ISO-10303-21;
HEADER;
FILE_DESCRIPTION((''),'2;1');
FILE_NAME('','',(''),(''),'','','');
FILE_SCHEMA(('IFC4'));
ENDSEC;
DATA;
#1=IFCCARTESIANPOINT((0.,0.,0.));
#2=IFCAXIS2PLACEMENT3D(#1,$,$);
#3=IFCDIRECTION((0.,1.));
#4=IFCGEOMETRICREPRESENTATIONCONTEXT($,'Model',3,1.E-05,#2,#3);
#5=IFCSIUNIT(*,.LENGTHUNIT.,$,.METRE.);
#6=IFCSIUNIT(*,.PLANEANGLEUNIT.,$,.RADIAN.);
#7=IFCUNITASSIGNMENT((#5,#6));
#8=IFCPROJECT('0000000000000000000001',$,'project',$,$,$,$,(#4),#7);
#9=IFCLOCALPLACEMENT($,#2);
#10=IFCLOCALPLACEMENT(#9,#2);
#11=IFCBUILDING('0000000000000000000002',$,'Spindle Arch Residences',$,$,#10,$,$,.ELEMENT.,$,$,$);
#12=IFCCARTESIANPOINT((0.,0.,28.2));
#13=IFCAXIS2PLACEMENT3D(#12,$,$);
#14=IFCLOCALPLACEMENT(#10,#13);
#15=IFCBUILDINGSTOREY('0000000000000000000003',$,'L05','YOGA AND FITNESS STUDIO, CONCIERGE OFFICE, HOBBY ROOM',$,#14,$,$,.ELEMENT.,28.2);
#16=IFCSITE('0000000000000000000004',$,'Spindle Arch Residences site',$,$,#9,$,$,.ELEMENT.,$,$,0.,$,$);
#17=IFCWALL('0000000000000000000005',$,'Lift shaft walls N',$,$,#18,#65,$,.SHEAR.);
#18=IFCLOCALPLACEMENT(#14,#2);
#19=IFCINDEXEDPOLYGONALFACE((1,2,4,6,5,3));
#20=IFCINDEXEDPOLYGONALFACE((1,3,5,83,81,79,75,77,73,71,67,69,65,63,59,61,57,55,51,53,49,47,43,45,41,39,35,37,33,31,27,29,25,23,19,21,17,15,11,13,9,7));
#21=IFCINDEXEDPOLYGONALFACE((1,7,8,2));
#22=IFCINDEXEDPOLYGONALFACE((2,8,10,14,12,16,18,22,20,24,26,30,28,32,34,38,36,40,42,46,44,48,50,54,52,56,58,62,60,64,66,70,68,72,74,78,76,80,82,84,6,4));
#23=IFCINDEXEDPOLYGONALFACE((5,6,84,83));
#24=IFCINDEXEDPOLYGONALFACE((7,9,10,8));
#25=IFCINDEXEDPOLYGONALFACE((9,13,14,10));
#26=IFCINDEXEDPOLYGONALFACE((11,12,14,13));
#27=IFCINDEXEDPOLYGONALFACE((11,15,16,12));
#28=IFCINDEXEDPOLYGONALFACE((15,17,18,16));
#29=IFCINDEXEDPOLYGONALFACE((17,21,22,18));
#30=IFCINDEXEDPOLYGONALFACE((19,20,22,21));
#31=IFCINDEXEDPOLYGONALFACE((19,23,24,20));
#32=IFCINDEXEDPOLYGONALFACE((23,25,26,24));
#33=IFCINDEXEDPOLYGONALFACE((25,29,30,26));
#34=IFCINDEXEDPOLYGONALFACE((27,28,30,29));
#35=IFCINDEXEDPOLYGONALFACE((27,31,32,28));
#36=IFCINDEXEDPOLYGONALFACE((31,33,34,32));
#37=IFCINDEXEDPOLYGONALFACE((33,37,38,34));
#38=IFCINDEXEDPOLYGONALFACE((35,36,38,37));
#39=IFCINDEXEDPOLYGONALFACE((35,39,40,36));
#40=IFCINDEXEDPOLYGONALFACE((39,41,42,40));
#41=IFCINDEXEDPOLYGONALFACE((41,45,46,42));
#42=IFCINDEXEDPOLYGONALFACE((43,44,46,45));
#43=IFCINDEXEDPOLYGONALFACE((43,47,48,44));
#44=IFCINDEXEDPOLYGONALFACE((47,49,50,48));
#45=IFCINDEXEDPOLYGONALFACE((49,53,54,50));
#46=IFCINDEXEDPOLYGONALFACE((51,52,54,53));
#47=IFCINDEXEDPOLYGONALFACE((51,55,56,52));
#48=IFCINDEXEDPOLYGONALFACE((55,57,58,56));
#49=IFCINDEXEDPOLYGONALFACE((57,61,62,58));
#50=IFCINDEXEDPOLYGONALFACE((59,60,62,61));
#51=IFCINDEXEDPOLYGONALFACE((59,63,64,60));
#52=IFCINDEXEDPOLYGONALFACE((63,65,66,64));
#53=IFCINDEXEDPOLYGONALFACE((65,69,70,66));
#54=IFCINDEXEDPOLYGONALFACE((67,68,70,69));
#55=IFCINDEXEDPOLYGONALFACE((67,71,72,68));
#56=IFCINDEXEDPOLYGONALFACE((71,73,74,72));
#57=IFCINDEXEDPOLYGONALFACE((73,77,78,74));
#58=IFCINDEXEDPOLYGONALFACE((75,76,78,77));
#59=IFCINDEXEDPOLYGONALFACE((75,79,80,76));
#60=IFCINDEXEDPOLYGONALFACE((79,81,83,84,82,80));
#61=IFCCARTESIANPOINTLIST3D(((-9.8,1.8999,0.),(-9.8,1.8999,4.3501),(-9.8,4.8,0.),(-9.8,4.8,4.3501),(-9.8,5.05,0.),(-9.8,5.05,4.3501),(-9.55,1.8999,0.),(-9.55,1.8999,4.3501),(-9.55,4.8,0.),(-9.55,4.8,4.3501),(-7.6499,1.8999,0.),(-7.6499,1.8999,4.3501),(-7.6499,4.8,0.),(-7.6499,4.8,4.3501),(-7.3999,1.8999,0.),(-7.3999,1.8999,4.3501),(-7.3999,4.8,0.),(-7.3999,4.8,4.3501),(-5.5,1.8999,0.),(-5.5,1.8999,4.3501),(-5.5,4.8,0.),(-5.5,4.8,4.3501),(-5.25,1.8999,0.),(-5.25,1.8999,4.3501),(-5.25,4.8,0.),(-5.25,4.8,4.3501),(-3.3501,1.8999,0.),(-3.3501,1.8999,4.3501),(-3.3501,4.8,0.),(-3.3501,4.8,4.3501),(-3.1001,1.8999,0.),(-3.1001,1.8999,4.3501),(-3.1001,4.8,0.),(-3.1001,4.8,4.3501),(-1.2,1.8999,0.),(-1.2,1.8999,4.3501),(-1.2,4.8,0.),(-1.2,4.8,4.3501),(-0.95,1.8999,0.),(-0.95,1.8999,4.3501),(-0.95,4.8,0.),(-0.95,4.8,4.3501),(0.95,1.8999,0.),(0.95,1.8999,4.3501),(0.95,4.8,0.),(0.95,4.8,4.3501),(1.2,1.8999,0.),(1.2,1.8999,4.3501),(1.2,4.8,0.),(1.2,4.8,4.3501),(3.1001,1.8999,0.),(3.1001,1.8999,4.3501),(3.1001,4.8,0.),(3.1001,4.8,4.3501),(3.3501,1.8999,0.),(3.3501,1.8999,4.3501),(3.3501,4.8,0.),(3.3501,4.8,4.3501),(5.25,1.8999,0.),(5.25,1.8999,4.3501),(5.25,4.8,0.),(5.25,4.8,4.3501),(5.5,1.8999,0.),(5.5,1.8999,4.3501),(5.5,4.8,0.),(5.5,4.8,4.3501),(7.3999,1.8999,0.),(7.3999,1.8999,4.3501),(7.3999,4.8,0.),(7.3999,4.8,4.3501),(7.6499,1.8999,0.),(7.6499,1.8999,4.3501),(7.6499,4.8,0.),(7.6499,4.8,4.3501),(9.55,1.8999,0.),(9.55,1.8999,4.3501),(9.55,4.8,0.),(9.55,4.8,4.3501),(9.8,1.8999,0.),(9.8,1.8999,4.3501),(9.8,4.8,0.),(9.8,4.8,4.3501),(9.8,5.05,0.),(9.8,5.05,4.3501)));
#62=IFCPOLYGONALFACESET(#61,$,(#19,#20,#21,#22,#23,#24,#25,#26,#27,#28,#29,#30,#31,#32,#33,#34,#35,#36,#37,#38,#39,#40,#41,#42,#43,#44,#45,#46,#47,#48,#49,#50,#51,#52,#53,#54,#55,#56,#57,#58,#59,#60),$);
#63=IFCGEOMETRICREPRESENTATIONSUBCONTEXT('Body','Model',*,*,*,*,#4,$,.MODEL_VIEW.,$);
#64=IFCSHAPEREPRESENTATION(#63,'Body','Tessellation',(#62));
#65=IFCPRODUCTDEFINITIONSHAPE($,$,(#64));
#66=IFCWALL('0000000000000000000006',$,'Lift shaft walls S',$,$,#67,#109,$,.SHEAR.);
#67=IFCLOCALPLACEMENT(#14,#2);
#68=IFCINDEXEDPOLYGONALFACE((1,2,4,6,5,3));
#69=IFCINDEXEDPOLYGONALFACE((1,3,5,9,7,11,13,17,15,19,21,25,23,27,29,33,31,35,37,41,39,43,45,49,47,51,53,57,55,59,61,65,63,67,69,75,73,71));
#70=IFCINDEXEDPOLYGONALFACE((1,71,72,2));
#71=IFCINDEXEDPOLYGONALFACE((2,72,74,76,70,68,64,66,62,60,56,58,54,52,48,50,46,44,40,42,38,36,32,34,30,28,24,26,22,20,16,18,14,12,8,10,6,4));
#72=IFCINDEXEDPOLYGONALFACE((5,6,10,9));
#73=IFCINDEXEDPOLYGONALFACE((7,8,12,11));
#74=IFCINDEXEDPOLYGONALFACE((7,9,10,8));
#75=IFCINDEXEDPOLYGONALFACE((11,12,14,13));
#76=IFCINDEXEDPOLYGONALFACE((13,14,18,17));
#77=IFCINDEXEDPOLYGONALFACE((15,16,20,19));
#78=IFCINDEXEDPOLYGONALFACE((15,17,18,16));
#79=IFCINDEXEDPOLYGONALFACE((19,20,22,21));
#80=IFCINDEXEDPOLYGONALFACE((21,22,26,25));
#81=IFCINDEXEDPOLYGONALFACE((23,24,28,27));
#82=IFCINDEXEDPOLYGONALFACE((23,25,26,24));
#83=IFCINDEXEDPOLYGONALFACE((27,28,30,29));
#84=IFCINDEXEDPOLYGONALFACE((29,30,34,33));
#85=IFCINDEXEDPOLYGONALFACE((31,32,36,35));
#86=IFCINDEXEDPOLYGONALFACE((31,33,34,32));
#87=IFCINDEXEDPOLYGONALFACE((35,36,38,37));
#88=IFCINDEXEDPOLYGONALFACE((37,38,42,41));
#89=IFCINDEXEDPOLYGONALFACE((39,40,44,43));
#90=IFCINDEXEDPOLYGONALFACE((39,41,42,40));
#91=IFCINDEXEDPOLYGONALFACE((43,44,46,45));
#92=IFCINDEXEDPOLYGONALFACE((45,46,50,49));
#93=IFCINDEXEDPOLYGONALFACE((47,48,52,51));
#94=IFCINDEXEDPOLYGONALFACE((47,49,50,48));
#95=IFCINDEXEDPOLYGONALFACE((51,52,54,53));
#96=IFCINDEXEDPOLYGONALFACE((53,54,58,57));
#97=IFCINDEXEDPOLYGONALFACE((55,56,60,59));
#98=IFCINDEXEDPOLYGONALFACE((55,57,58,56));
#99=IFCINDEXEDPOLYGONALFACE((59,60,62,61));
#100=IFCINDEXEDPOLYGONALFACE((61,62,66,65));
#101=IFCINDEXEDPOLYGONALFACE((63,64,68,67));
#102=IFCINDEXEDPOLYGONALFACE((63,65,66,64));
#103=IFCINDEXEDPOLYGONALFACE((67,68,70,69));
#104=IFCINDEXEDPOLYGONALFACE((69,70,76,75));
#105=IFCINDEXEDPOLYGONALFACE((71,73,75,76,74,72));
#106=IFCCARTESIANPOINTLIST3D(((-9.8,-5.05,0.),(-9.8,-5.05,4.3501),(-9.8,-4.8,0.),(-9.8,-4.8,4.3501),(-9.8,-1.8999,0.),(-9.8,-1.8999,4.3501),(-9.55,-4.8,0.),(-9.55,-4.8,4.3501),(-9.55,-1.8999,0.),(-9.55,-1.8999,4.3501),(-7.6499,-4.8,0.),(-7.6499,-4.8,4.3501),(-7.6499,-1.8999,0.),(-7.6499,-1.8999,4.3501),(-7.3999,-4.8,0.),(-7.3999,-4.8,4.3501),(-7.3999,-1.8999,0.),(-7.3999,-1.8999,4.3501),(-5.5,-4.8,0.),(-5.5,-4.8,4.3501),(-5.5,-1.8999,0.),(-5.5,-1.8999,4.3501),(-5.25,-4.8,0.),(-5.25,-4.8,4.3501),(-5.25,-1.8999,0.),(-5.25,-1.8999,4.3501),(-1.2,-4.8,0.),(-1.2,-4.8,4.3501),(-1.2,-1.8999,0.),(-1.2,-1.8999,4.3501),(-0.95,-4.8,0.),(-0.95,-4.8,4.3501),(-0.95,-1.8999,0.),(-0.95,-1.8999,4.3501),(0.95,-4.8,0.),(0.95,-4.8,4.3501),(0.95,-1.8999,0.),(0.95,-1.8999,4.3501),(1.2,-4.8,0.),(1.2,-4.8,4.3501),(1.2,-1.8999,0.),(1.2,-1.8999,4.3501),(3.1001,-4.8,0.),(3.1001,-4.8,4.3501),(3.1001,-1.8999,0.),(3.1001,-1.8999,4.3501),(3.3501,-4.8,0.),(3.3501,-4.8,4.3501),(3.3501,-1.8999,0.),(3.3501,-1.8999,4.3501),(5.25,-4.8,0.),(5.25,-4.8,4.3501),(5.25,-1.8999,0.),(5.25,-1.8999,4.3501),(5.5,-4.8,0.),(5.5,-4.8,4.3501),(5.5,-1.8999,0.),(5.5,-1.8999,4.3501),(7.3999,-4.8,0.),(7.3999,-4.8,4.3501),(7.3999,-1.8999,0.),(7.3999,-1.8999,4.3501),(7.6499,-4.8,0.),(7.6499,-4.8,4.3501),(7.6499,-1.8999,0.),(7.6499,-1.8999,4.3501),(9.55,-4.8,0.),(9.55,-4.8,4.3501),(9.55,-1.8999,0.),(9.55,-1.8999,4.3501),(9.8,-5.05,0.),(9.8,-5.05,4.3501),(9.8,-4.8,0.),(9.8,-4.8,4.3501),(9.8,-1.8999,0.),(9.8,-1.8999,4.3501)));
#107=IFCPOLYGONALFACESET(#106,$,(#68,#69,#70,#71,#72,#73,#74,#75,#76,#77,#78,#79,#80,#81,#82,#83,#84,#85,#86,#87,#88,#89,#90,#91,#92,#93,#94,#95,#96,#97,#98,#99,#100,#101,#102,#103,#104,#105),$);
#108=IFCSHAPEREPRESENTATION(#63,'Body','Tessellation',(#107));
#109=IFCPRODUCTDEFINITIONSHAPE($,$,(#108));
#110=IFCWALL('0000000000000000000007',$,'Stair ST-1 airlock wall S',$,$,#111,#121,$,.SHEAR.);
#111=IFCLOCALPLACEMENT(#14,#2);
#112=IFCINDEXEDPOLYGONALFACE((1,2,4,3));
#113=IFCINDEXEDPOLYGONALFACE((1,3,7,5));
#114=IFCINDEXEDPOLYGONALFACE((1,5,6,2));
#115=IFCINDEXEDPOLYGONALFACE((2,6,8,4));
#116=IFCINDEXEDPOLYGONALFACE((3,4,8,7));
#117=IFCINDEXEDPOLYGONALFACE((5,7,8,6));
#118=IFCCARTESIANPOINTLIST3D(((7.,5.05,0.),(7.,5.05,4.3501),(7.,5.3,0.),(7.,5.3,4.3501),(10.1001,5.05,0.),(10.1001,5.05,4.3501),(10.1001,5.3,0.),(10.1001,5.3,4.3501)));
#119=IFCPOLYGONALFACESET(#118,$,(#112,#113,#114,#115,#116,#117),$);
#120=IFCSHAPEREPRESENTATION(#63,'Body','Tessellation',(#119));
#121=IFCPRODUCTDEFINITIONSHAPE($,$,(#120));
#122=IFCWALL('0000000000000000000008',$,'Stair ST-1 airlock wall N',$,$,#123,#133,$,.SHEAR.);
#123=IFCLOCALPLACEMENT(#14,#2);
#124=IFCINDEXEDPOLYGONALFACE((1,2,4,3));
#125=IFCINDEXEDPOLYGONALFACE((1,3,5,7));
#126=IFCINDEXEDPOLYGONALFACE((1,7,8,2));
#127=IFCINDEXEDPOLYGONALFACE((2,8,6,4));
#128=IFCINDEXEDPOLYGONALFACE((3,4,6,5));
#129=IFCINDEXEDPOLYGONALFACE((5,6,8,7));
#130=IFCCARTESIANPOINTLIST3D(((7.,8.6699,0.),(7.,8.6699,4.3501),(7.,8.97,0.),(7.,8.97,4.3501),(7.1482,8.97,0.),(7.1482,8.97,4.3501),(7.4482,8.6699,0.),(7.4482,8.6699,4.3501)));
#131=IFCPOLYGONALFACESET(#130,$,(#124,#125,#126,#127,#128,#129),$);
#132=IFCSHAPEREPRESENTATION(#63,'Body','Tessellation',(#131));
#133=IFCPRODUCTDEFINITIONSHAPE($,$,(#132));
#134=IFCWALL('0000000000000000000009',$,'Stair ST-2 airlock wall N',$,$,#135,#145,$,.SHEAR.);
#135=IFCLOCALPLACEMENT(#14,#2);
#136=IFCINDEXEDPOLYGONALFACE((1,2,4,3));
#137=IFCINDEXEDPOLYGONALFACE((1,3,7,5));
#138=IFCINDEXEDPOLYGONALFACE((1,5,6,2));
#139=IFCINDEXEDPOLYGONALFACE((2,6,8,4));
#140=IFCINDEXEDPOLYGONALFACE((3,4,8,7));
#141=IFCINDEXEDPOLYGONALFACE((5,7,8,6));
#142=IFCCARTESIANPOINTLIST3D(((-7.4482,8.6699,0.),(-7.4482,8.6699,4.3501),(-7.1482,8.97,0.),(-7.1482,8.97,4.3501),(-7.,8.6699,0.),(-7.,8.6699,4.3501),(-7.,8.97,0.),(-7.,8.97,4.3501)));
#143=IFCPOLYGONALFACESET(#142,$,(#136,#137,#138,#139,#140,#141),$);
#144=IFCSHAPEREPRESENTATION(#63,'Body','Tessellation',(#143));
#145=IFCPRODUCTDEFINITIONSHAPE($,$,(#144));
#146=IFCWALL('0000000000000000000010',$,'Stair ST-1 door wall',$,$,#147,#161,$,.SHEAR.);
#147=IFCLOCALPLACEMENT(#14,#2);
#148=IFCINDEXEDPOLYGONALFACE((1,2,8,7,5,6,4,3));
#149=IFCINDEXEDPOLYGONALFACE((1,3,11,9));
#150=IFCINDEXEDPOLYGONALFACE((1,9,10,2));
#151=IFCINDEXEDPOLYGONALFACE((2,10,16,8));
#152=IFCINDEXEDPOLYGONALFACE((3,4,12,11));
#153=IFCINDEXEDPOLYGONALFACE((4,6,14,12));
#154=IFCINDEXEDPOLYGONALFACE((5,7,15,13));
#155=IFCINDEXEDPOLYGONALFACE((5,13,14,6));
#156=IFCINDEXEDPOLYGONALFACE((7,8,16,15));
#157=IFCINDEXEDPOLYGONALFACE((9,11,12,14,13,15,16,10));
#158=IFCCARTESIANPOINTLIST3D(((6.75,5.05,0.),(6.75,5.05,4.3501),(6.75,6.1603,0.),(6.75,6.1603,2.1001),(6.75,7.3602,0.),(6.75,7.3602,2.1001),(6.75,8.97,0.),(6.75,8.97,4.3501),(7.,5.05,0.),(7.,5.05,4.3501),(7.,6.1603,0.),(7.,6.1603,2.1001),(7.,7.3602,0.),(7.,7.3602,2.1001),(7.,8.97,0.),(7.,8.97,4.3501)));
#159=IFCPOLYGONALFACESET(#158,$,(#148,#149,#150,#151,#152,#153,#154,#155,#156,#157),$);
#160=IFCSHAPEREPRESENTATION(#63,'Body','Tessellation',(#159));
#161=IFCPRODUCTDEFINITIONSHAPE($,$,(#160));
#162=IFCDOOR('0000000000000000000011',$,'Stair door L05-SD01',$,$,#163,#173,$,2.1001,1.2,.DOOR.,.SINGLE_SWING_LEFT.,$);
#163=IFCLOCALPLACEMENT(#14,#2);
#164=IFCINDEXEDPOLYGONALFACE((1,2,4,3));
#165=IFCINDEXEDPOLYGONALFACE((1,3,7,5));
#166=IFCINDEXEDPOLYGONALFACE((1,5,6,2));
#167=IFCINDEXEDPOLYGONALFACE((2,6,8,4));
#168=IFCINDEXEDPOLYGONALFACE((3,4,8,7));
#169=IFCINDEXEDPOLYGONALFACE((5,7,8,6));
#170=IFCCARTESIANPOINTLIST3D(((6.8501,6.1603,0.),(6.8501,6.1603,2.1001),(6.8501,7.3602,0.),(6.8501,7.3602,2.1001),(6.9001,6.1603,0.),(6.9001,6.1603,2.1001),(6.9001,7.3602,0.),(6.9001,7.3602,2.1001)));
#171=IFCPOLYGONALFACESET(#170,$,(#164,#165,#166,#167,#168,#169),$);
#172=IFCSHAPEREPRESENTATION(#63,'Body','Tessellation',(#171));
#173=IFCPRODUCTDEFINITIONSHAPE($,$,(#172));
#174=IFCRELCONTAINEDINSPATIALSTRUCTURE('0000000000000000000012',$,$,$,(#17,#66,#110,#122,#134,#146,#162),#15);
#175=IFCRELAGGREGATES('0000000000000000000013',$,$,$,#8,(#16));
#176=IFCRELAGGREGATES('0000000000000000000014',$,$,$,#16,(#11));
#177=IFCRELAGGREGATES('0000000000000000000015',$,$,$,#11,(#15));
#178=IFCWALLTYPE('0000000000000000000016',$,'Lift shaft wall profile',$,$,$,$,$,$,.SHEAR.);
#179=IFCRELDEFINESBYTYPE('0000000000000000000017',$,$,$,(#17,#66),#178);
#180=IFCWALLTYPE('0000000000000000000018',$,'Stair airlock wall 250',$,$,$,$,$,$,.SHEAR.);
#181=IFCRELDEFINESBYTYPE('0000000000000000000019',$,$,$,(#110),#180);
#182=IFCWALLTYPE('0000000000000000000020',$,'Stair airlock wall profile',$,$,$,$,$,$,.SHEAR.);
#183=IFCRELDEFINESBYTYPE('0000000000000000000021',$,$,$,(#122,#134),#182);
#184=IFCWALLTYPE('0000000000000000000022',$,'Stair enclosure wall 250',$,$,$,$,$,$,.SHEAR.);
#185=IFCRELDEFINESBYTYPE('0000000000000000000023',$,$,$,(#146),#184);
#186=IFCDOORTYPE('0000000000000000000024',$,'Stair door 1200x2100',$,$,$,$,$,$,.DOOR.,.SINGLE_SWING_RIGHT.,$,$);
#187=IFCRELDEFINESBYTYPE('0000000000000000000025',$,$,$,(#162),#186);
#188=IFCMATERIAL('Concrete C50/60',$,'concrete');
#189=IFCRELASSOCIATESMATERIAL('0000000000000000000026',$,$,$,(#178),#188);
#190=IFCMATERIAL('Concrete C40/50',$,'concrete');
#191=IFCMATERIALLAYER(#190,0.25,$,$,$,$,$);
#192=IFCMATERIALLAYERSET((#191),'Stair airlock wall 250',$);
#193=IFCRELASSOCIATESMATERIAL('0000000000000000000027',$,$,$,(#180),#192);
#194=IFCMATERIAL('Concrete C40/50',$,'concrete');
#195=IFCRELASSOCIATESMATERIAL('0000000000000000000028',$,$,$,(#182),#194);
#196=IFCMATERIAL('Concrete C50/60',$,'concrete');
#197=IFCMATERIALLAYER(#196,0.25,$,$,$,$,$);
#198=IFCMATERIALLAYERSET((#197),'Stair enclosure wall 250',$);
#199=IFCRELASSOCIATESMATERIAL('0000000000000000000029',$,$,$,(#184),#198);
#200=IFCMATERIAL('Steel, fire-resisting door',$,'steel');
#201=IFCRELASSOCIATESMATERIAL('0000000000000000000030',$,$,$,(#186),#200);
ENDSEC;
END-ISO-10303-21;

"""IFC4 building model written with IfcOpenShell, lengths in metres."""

from ifc_helpers import new_model, si_unit, direction, frame, frame_2d, origin, place, context, subcontext, project, spatial, polyline, rectangle, outline, extrude, material, layer, layer_set, type_object, element, fill, save


model = new_model("IFC4")

# Units and contexts
model_context = context("Model", 3, precision=1e-05, world=origin(), true_north=direction((0.0, 1.0)))
body_context = subcontext(model_context, "Body", "Model", "MODEL_VIEW")
ifc_project = project(units=[si_unit("LENGTHUNIT", "METRE"), si_unit("PLANEANGLEUNIT", "RADIAN")], contexts=[model_context])

# Site, building, storey
site_placement = place(None, origin())
site = spatial("IfcSite", under=ifc_project, at=site_placement, Name="Spindle Arch Residences site", CompositionType="ELEMENT", RefElevation=0.0)
building_placement = place(site_placement, origin())
building = spatial("IfcBuilding", under=site, at=building_placement, Name="Spindle Arch Residences", CompositionType="ELEMENT")
storey_placement = place(building_placement, frame((0.0, 0.0, 28.2)))
storey = spatial("IfcBuildingStorey", under=building, at=storey_placement, Name="L05", Description="YOGA AND FITNESS STUDIO, CONCIERGE OFFICE, HOBBY ROOM", CompositionType="ELEMENT", Elevation=28.2)

# Walls
ifc_material_1 = material(Name="Concrete C50/60", Category="concrete")
wall_type_1 = type_object("IfcWallType", Name="Lift shaft wall profile", PredefinedType="SHEAR", material=ifc_material_1)
wall_1_placement = place(storey_placement, origin())
element("IfcWall", 1, at=wall_1_placement, inside=storey, type_object=wall_type_1, Name="Lift shaft walls N", PredefinedType="SHEAR", context=body_context, shape_type="SweptSolid", body=[
    extrude(outline(polyline([(-9.55, 4.8), (-7.6499, 4.8), (-7.6499, 1.8999), (-7.3999, 1.8999), (-7.3999, 4.8), (-5.5, 4.8), (-5.5, 1.8999), (-5.25, 1.8999), (-5.25, 4.8), (-3.3501, 4.8), (-3.3501, 1.8999), (-3.1001, 1.8999), (-3.1001, 4.8), (-1.2, 4.8), (-1.2, 1.8999), (-0.95, 1.8999), (-0.95, 4.8), (0.95, 4.8), (0.95, 1.8999), (1.2, 1.8999), (1.2, 4.8), (3.1001, 4.8), (3.1001, 1.8999), (3.3501, 1.8999), (3.3501, 4.8), (5.25, 4.8), (5.25, 1.8999), (5.5, 1.8999), (5.5, 4.8), (7.3999, 4.8), (7.3999, 1.8999), (7.6499, 1.8999), (7.6499, 4.8), (9.55, 4.8), (9.55, 1.8999), (9.8, 1.8999), (9.8, 4.8), (9.8, 5.05), (-9.8, 5.05), (-9.8, 4.8), (-9.8, 1.8999), (-9.55, 1.8999), (-9.55, 4.8)])), origin(), (0.0, 0.0, 1.0), 4.3501),
])
wall_2_placement = place(storey_placement, origin())
element("IfcWall", 2, at=wall_2_placement, inside=storey, type_object=wall_type_1, Name="Lift shaft walls S", PredefinedType="SHEAR", context=body_context, shape_type="SweptSolid", body=[
    extrude(outline(polyline([(9.8, -5.05), (9.8, -4.8), (9.8, -1.8999), (9.55, -1.8999), (9.55, -4.8), (7.6499, -4.8), (7.6499, -1.8999), (7.3999, -1.8999), (7.3999, -4.8), (5.5, -4.8), (5.5, -1.8999), (5.25, -1.8999), (5.25, -4.8), (3.3501, -4.8), (3.3501, -1.8999), (3.1001, -1.8999), (3.1001, -4.8), (1.2, -4.8), (1.2, -1.8999), (0.95, -1.8999), (0.95, -4.8), (-0.95, -4.8), (-0.95, -1.8999), (-1.2, -1.8999), (-1.2, -4.8), (-5.25, -4.8), (-5.25, -1.8999), (-5.5, -1.8999), (-5.5, -4.8), (-7.3999, -4.8), (-7.3999, -1.8999), (-7.6499, -1.8999), (-7.6499, -4.8), (-9.55, -4.8), (-9.55, -1.8999), (-9.8, -1.8999), (-9.8, -4.8), (-9.8, -5.05), (9.8, -5.05)])), origin(), (0.0, 0.0, 1.0), 4.3501),
])
ifc_material_2 = material(Name="Concrete C40/50", Category="concrete")
ifc_layer_1 = layer(ifc_material_2, 0.25)
ifc_layer_set_1 = layer_set([ifc_layer_1], Name="Stair airlock wall 250")
wall_type_2 = type_object("IfcWallType", Name="Stair airlock wall 250", PredefinedType="SHEAR", material=ifc_layer_set_1)
wall_3_placement = place(storey_placement, frame((7.0, 5.175, 0.0), z_axis=(0.0, 0.0, 1.0), x_axis=(1.0, 0.0, 0.0)))
element("IfcWall", 3, at=wall_3_placement, inside=storey, type_object=wall_type_2, Name="Stair ST-1 airlock wall S", PredefinedType="SHEAR", context=body_context, shape_type="SweptSolid", body=[
    extrude(rectangle(XDim=3.1001, YDim=0.25, at=frame_2d((1.55, 0.0))), origin(), (0.0, 0.0, 1.0), 4.3501),
])
ifc_material_3 = material(Name="Concrete C40/50", Category="concrete")
wall_type_3 = type_object("IfcWallType", Name="Stair airlock wall profile", PredefinedType="SHEAR", material=ifc_material_3)
wall_4_placement = place(storey_placement, origin())
element("IfcWall", 4, at=wall_4_placement, inside=storey, type_object=wall_type_3, Name="Stair ST-1 airlock wall N", PredefinedType="SHEAR", context=body_context, shape_type="SweptSolid", body=[
    extrude(outline(polyline([(7.4482, 8.6699), (7.0, 8.6699), (7.0, 8.97), (7.1482, 8.97), (7.4482, 8.6699)])), origin(), (0.0, 0.0, 1.0), 4.3501),
])
wall_5_placement = place(storey_placement, origin())
element("IfcWall", 5, at=wall_5_placement, inside=storey, type_object=wall_type_3, Name="Stair ST-2 airlock wall N", PredefinedType="SHEAR", context=body_context, shape_type="SweptSolid", body=[
    extrude(outline(polyline([(-7.1482, 8.97), (-7.0, 8.97), (-7.0, 8.6699), (-7.4482, 8.6699), (-7.1482, 8.97)])), origin(), (0.0, 0.0, 1.0), 4.3501),
])

# Wall, opening, door
ifc_material_4 = material(Name="Concrete C50/60", Category="concrete")
ifc_layer_2 = layer(ifc_material_4, 0.25)
ifc_layer_set_2 = layer_set([ifc_layer_2], Name="Stair enclosure wall 250")
wall_type_4 = type_object("IfcWallType", Name="Stair enclosure wall 250", PredefinedType="SHEAR", material=ifc_layer_set_2)
wall_6_placement = place(storey_placement, frame((6.875, 5.05, 0.0), z_axis=(0.0, 0.0, 1.0), x_axis=(0.0, 1.0, 0.0)))
wall_6 = element("IfcWall", 6, at=wall_6_placement, inside=storey, type_object=wall_type_4, Name="Stair ST-1 door wall", PredefinedType="SHEAR", context=body_context, shape_type="SweptSolid", body=[
    extrude(rectangle(XDim=3.9199, YDim=0.25, at=frame_2d((1.96, 0.0))), origin(), (0.0, 0.0, 1.0), 4.3501),
])
opening_1_placement = place(wall_6_placement, frame((1.1101, 0.0, 0.0)))
opening_1 = element("IfcOpeningElement", 7, at=opening_1_placement, cuts=wall_6, PredefinedType="OPENING", context=body_context, shape_type="SweptSolid", body=[
    extrude(rectangle(XDim=1.2, YDim=2.1001, at=frame_2d((0.6001, 1.05))), frame((0.0, 0.135, 0.0), z_axis=(0.0, -1.0, 0.0), x_axis=(1.0, 0.0, 0.0)), (0.0, 0.0, 1.0), 0.27),
])
ifc_material_5 = material(Name="Steel, fire-resisting door", Category="steel")
door_type_1 = type_object("IfcDoorType", Name="Stair door 1200x2100", OperationType="SINGLE_SWING_RIGHT", PredefinedType="DOOR", material=ifc_material_5)
door_1_placement = place(opening_1_placement, origin())
door_1 = element("IfcDoor", 8, at=door_1_placement, inside=storey, type_object=door_type_1, Name="Stair door L05-SD01", OperationType="SINGLE_SWING_LEFT", OverallHeight=2.1001, OverallWidth=1.2, PredefinedType="DOOR", context=body_context, shape_type="SweptSolid", body=[
    extrude(rectangle(XDim=1.2, YDim=2.1001, at=frame_2d((0.6001, 1.05))), frame((0.0, 0.0249, 0.0), z_axis=(0.0, -1.0, 0.0), x_axis=(1.0, 0.0, 0.0)), (0.0, 0.0, 1.0), 0.05),
])
fill(opening_1, door_1)

save(model, "model.ifc")
